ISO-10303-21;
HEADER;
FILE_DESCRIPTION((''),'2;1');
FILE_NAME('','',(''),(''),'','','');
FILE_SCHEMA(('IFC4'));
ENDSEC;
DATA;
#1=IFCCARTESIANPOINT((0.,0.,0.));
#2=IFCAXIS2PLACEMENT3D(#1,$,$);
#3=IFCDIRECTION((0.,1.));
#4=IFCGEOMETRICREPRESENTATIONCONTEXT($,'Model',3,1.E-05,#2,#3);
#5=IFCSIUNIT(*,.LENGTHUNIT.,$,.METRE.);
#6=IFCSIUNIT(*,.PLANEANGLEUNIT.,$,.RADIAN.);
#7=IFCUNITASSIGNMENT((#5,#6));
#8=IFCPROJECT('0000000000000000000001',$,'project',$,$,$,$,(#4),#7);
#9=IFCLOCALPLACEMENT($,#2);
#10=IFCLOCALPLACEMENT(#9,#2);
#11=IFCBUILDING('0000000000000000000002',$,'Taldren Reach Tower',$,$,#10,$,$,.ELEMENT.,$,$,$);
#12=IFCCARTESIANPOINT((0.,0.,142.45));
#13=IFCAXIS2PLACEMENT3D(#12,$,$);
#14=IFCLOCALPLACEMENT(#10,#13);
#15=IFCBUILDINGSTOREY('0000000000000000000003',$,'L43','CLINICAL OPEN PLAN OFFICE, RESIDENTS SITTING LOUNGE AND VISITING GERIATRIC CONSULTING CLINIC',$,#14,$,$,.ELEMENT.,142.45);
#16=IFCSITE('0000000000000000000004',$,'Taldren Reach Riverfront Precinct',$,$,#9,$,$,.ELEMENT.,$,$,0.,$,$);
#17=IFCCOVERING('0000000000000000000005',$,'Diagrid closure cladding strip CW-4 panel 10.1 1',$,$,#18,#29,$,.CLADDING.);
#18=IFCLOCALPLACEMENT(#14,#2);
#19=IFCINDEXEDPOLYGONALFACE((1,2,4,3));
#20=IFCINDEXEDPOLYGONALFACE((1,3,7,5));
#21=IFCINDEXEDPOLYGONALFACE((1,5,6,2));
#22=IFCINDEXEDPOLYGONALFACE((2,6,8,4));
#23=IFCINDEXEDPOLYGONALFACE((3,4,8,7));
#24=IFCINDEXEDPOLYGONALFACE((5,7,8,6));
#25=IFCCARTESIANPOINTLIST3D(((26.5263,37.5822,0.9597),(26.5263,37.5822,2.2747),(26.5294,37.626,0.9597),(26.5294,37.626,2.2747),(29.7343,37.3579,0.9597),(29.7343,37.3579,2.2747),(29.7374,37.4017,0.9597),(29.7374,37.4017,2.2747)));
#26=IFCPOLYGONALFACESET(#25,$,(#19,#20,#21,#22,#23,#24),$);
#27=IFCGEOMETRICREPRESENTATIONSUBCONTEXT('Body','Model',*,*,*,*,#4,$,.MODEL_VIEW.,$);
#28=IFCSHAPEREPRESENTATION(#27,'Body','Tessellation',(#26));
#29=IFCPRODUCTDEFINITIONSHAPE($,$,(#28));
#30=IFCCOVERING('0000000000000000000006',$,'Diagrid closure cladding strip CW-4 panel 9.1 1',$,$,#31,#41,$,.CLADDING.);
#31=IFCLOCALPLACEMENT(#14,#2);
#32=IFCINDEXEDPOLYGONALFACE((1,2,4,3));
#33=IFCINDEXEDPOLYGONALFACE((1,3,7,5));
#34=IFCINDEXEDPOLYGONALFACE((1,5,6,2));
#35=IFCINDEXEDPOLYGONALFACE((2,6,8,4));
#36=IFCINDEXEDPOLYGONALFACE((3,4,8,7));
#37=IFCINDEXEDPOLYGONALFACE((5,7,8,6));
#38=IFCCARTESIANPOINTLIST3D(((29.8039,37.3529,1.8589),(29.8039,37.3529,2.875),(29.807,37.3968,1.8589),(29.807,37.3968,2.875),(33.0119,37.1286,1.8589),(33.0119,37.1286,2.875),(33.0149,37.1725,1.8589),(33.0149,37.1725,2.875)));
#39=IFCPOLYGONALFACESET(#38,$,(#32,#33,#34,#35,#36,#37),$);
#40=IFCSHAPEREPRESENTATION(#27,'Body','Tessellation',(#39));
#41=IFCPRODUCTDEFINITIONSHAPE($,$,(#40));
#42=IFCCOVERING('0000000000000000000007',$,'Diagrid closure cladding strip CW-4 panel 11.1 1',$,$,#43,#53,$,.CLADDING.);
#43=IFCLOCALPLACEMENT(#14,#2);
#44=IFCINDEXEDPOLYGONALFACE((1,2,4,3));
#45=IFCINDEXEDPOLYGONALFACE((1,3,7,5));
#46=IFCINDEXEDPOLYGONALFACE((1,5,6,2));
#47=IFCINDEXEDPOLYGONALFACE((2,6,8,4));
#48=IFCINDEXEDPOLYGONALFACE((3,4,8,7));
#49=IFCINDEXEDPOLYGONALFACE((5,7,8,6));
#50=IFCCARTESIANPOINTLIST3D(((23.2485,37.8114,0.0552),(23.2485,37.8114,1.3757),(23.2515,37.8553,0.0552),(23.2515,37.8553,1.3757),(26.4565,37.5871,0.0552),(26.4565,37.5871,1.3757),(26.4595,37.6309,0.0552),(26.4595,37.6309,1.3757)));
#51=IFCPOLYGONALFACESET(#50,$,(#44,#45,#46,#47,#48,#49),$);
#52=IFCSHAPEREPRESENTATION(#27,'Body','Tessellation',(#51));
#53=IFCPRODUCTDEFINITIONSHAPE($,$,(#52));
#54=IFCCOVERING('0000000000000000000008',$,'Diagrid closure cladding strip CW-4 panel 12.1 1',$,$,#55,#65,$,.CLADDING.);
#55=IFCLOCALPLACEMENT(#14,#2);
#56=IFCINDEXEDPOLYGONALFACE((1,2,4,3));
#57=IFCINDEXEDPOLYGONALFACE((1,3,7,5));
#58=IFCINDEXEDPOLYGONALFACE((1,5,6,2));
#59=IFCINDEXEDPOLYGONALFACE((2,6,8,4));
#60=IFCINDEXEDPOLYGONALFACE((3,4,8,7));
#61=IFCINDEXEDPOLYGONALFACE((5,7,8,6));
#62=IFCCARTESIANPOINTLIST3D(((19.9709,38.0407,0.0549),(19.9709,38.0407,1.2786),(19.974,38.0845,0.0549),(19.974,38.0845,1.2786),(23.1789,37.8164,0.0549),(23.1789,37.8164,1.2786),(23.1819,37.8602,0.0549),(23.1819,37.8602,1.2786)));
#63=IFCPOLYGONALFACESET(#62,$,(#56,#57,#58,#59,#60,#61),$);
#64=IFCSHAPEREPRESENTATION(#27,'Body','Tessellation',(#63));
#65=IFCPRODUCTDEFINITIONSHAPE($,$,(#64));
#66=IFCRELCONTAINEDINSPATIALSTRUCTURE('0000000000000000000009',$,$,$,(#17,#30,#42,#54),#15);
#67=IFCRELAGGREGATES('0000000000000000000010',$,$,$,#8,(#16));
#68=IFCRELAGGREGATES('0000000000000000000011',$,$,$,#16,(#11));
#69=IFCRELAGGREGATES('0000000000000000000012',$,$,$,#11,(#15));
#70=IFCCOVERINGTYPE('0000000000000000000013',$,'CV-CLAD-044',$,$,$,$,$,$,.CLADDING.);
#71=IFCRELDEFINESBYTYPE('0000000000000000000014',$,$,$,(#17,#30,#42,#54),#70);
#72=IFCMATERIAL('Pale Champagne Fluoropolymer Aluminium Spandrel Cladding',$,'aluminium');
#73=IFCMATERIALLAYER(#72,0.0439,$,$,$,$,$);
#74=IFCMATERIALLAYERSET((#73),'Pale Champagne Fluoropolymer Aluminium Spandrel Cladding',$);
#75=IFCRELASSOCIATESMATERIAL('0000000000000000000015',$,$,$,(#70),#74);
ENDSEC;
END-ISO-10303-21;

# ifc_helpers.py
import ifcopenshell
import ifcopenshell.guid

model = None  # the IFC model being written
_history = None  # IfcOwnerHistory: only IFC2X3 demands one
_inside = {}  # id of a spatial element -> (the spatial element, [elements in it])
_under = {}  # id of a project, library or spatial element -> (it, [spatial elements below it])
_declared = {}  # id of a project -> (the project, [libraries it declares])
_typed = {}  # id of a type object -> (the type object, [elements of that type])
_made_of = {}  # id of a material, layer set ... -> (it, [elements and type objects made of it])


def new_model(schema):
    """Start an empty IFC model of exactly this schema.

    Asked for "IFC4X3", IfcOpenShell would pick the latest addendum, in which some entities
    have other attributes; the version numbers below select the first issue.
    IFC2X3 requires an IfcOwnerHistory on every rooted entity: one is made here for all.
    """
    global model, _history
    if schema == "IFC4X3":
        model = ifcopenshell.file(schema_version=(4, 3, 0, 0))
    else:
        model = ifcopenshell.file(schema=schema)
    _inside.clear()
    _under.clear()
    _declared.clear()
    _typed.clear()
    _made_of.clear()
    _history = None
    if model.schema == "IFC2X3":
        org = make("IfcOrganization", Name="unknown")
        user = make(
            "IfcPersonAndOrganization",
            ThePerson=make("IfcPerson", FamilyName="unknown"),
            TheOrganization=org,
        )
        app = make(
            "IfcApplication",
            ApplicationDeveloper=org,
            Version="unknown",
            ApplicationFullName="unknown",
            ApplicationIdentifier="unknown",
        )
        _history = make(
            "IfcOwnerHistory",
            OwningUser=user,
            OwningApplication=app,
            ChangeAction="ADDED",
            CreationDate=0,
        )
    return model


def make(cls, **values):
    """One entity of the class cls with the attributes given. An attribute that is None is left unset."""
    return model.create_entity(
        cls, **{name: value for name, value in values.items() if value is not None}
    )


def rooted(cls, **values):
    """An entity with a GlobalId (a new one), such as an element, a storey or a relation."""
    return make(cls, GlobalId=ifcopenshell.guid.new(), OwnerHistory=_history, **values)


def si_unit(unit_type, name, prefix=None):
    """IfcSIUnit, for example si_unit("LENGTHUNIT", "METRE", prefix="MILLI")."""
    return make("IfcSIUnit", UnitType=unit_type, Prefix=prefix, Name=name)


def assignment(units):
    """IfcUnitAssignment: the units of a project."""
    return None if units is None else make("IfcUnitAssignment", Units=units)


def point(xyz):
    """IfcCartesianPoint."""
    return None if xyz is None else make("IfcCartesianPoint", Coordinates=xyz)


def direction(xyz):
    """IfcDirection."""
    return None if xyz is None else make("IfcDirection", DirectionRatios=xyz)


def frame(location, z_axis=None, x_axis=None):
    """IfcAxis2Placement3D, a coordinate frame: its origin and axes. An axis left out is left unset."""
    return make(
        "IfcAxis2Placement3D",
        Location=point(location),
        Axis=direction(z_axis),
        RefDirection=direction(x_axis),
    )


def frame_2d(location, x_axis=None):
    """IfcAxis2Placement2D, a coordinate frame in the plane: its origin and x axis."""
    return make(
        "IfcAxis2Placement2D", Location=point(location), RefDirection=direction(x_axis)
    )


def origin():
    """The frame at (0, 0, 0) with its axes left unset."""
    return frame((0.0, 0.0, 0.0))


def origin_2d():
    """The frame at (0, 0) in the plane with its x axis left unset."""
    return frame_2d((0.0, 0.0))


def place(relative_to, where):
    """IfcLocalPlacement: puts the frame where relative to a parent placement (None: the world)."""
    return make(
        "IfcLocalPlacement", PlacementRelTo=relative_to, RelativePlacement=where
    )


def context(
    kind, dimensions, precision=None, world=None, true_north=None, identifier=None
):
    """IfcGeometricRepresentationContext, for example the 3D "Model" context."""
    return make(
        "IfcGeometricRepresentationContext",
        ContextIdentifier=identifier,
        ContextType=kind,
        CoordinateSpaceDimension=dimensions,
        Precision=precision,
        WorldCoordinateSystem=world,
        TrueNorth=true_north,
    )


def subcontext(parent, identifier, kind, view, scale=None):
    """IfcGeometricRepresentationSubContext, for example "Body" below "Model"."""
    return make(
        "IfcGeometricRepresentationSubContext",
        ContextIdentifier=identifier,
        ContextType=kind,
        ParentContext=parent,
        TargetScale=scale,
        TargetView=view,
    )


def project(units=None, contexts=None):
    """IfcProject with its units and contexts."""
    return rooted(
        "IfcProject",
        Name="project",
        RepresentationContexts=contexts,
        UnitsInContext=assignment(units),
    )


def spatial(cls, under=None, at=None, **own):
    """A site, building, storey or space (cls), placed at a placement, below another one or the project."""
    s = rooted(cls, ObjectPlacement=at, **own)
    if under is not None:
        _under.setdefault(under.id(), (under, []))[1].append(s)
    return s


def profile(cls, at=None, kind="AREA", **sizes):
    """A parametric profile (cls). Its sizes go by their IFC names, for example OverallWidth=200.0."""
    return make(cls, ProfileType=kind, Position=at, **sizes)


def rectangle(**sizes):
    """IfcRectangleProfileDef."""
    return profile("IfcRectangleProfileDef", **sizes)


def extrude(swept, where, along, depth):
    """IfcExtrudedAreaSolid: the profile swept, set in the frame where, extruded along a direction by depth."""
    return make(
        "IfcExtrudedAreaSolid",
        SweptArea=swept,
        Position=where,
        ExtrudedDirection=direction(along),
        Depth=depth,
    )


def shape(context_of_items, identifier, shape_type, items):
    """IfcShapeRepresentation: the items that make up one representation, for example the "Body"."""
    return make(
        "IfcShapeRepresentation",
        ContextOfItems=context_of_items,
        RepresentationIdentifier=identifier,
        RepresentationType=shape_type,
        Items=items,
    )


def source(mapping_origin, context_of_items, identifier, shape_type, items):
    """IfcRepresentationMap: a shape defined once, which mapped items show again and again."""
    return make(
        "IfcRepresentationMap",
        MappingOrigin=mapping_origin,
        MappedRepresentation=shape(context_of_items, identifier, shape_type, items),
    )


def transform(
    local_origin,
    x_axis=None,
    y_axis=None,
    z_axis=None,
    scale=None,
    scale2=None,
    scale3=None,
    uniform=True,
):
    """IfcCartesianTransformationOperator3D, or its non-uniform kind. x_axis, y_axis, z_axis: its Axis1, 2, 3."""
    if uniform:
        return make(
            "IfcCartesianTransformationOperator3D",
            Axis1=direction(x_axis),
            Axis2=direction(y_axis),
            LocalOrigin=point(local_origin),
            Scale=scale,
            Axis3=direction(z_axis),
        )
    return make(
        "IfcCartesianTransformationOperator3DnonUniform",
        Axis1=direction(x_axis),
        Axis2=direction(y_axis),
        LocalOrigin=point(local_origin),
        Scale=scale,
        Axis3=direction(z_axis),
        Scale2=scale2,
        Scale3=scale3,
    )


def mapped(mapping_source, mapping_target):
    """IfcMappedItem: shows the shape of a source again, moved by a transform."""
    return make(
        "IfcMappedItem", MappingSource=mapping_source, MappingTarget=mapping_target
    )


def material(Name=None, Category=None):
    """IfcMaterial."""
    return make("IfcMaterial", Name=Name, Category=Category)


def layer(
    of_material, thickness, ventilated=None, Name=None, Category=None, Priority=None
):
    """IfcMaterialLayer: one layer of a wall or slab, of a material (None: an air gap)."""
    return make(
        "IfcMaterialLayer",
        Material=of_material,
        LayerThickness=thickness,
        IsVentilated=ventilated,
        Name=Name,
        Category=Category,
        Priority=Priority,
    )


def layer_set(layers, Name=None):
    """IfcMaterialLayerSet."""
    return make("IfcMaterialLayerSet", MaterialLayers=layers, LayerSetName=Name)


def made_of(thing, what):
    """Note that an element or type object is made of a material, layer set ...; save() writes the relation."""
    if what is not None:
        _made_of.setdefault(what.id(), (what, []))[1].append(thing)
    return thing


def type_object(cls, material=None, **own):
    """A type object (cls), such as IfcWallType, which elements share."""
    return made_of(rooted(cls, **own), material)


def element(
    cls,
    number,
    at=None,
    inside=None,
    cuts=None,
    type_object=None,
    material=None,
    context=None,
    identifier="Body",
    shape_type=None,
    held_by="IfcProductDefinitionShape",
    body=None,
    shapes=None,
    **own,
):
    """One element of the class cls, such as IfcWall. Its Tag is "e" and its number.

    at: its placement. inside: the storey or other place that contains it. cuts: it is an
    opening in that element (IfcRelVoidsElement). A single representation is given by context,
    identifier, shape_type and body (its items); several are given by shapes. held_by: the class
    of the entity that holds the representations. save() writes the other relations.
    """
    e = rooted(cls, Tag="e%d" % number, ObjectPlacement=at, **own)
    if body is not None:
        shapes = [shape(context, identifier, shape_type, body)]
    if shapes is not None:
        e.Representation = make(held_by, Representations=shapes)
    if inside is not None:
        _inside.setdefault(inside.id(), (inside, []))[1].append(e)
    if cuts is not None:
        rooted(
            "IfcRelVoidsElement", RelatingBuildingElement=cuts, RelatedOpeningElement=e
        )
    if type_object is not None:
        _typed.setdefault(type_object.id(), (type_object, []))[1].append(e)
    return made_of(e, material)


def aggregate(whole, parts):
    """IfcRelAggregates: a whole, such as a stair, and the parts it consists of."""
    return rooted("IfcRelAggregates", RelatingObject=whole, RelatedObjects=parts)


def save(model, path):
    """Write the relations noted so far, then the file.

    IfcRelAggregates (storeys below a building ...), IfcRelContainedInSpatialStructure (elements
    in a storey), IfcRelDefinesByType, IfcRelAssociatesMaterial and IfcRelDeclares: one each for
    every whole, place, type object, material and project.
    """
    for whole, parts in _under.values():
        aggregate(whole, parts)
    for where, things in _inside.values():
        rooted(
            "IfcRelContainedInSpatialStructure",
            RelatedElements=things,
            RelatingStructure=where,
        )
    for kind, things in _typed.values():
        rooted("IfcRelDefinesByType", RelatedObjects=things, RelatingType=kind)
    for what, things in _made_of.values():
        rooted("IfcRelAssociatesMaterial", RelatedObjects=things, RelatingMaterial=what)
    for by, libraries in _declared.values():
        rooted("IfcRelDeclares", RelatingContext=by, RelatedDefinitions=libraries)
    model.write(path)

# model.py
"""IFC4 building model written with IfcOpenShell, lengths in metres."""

from ifc_helpers import new_model, si_unit, direction, frame, origin, origin_2d, place, context, subcontext, project, spatial, rectangle, extrude, source, transform, mapped, material, layer, layer_set, type_object, element, save


model = new_model("IFC4")

# Units and contexts
model_context = context("Model", 3, precision=1e-05, world=origin(), true_north=direction((0.0, 1.0)))
body_context = subcontext(model_context, "Body", "Model", "MODEL_VIEW")
ifc_project = project(units=[si_unit("LENGTHUNIT", "METRE"), si_unit("PLANEANGLEUNIT", "RADIAN")], contexts=[model_context])

# Site, building, storey
site_placement = place(None, origin())
site = spatial("IfcSite", under=ifc_project, at=site_placement, Name="Taldren Reach Riverfront Precinct", CompositionType="ELEMENT", RefElevation=0.0)
building_placement = place(site_placement, origin())
building = spatial("IfcBuilding", under=site, at=building_placement, Name="Taldren Reach Tower", CompositionType="ELEMENT")
storey_placement = place(building_placement, frame((0.0, 0.0, 142.45)))
storey = spatial("IfcBuildingStorey", under=building, at=storey_placement, Name="L43", Description="CLINICAL OPEN PLAN OFFICE, RESIDENTS SITTING LOUNGE AND VISITING GERIATRIC CONSULTING CLINIC", CompositionType="ELEMENT", Elevation=142.45)

# Coverings
ifc_material_1 = material(Name="Pale Champagne Fluoropolymer Aluminium Spandrel Cladding", Category="aluminium")
ifc_layer_1 = layer(ifc_material_1, 0.0439)
ifc_layer_set_1 = layer_set([ifc_layer_1], Name="Pale Champagne Fluoropolymer Aluminium Spandrel Cladding")
covering_type = type_object("IfcCoveringType", Name="CV-CLAD-044", PredefinedType="CLADDING", material=ifc_layer_set_1)
shared_shape_1 = source(origin(), body_context, "Body", "SweptSolid", [
    extrude(rectangle(XDim=3.2158, YDim=0.0439, at=origin_2d()), origin(), (0.0, 0.0, 1.0), 1.3149),
])
covering_1_placement = place(storey_placement, frame((28.1318, 37.4919, 0.9597), z_axis=(0.0, 0.0, 1.0), x_axis=(-0.997564, 0.069757, 0.0)))
element("IfcCovering", 1, at=covering_1_placement, inside=storey, type_object=covering_type, Name="Diagrid closure cladding strip CW-4 panel 10.1 1", PredefinedType="CLADDING", context=body_context, shape_type="MappedRepresentation", body=[
    mapped(shared_shape_1, transform((0.0, 0.0, 0.0), scale=1.0)),
])
shared_shape_2 = source(origin(), body_context, "Body", "SweptSolid", [
    extrude(rectangle(XDim=3.2158, YDim=0.0439, at=origin_2d()), origin(), (0.0, 0.0, 1.0), 1.0161),
])
covering_2_placement = place(storey_placement, frame((31.4094, 37.2627, 1.8589), z_axis=(0.0, 0.0, 1.0), x_axis=(-0.997564, 0.069757, 0.0)))
element("IfcCovering", 2, at=covering_2_placement, inside=storey, type_object=covering_type, Name="Diagrid closure cladding strip CW-4 panel 9.1 1", PredefinedType="CLADDING", context=body_context, shape_type="MappedRepresentation", body=[
    mapped(shared_shape_2, transform((0.0, 0.0, 0.0), scale=1.0)),
])
shared_shape_3 = source(origin(), body_context, "Body", "SweptSolid", [
    extrude(rectangle(XDim=3.2158, YDim=0.0439, at=origin_2d()), origin(), (0.0, 0.0, 1.0), 1.3206),
])
covering_3_placement = place(storey_placement, frame((24.854, 37.7212, 0.0552), z_axis=(0.0, 0.0, 1.0), x_axis=(-0.997564, 0.069757, 0.0)))
element("IfcCovering", 3, at=covering_3_placement, inside=storey, type_object=covering_type, Name="Diagrid closure cladding strip CW-4 panel 11.1 1", PredefinedType="CLADDING", context=body_context, shape_type="MappedRepresentation", body=[
    mapped(shared_shape_3, transform((0.0, 0.0, 0.0), scale=1.0)),
])
shared_shape_4 = source(origin(), body_context, "Body", "SweptSolid", [
    extrude(rectangle(XDim=3.2158, YDim=0.0439, at=origin_2d()), origin(), (0.0, 0.0, 1.0), 1.2236),
])
covering_4_placement = place(storey_placement, frame((21.5764, 37.9504, 0.0549), z_axis=(0.0, 0.0, 1.0), x_axis=(-0.997564, 0.069757, 0.0)))
element("IfcCovering", 4, at=covering_4_placement, inside=storey, type_object=covering_type, Name="Diagrid closure cladding strip CW-4 panel 12.1 1", PredefinedType="CLADDING", context=body_context, shape_type="MappedRepresentation", body=[
    mapped(shared_shape_4, transform((0.0, 0.0, 0.0), scale=1.0)),
])

save(model, "model.ifc")
